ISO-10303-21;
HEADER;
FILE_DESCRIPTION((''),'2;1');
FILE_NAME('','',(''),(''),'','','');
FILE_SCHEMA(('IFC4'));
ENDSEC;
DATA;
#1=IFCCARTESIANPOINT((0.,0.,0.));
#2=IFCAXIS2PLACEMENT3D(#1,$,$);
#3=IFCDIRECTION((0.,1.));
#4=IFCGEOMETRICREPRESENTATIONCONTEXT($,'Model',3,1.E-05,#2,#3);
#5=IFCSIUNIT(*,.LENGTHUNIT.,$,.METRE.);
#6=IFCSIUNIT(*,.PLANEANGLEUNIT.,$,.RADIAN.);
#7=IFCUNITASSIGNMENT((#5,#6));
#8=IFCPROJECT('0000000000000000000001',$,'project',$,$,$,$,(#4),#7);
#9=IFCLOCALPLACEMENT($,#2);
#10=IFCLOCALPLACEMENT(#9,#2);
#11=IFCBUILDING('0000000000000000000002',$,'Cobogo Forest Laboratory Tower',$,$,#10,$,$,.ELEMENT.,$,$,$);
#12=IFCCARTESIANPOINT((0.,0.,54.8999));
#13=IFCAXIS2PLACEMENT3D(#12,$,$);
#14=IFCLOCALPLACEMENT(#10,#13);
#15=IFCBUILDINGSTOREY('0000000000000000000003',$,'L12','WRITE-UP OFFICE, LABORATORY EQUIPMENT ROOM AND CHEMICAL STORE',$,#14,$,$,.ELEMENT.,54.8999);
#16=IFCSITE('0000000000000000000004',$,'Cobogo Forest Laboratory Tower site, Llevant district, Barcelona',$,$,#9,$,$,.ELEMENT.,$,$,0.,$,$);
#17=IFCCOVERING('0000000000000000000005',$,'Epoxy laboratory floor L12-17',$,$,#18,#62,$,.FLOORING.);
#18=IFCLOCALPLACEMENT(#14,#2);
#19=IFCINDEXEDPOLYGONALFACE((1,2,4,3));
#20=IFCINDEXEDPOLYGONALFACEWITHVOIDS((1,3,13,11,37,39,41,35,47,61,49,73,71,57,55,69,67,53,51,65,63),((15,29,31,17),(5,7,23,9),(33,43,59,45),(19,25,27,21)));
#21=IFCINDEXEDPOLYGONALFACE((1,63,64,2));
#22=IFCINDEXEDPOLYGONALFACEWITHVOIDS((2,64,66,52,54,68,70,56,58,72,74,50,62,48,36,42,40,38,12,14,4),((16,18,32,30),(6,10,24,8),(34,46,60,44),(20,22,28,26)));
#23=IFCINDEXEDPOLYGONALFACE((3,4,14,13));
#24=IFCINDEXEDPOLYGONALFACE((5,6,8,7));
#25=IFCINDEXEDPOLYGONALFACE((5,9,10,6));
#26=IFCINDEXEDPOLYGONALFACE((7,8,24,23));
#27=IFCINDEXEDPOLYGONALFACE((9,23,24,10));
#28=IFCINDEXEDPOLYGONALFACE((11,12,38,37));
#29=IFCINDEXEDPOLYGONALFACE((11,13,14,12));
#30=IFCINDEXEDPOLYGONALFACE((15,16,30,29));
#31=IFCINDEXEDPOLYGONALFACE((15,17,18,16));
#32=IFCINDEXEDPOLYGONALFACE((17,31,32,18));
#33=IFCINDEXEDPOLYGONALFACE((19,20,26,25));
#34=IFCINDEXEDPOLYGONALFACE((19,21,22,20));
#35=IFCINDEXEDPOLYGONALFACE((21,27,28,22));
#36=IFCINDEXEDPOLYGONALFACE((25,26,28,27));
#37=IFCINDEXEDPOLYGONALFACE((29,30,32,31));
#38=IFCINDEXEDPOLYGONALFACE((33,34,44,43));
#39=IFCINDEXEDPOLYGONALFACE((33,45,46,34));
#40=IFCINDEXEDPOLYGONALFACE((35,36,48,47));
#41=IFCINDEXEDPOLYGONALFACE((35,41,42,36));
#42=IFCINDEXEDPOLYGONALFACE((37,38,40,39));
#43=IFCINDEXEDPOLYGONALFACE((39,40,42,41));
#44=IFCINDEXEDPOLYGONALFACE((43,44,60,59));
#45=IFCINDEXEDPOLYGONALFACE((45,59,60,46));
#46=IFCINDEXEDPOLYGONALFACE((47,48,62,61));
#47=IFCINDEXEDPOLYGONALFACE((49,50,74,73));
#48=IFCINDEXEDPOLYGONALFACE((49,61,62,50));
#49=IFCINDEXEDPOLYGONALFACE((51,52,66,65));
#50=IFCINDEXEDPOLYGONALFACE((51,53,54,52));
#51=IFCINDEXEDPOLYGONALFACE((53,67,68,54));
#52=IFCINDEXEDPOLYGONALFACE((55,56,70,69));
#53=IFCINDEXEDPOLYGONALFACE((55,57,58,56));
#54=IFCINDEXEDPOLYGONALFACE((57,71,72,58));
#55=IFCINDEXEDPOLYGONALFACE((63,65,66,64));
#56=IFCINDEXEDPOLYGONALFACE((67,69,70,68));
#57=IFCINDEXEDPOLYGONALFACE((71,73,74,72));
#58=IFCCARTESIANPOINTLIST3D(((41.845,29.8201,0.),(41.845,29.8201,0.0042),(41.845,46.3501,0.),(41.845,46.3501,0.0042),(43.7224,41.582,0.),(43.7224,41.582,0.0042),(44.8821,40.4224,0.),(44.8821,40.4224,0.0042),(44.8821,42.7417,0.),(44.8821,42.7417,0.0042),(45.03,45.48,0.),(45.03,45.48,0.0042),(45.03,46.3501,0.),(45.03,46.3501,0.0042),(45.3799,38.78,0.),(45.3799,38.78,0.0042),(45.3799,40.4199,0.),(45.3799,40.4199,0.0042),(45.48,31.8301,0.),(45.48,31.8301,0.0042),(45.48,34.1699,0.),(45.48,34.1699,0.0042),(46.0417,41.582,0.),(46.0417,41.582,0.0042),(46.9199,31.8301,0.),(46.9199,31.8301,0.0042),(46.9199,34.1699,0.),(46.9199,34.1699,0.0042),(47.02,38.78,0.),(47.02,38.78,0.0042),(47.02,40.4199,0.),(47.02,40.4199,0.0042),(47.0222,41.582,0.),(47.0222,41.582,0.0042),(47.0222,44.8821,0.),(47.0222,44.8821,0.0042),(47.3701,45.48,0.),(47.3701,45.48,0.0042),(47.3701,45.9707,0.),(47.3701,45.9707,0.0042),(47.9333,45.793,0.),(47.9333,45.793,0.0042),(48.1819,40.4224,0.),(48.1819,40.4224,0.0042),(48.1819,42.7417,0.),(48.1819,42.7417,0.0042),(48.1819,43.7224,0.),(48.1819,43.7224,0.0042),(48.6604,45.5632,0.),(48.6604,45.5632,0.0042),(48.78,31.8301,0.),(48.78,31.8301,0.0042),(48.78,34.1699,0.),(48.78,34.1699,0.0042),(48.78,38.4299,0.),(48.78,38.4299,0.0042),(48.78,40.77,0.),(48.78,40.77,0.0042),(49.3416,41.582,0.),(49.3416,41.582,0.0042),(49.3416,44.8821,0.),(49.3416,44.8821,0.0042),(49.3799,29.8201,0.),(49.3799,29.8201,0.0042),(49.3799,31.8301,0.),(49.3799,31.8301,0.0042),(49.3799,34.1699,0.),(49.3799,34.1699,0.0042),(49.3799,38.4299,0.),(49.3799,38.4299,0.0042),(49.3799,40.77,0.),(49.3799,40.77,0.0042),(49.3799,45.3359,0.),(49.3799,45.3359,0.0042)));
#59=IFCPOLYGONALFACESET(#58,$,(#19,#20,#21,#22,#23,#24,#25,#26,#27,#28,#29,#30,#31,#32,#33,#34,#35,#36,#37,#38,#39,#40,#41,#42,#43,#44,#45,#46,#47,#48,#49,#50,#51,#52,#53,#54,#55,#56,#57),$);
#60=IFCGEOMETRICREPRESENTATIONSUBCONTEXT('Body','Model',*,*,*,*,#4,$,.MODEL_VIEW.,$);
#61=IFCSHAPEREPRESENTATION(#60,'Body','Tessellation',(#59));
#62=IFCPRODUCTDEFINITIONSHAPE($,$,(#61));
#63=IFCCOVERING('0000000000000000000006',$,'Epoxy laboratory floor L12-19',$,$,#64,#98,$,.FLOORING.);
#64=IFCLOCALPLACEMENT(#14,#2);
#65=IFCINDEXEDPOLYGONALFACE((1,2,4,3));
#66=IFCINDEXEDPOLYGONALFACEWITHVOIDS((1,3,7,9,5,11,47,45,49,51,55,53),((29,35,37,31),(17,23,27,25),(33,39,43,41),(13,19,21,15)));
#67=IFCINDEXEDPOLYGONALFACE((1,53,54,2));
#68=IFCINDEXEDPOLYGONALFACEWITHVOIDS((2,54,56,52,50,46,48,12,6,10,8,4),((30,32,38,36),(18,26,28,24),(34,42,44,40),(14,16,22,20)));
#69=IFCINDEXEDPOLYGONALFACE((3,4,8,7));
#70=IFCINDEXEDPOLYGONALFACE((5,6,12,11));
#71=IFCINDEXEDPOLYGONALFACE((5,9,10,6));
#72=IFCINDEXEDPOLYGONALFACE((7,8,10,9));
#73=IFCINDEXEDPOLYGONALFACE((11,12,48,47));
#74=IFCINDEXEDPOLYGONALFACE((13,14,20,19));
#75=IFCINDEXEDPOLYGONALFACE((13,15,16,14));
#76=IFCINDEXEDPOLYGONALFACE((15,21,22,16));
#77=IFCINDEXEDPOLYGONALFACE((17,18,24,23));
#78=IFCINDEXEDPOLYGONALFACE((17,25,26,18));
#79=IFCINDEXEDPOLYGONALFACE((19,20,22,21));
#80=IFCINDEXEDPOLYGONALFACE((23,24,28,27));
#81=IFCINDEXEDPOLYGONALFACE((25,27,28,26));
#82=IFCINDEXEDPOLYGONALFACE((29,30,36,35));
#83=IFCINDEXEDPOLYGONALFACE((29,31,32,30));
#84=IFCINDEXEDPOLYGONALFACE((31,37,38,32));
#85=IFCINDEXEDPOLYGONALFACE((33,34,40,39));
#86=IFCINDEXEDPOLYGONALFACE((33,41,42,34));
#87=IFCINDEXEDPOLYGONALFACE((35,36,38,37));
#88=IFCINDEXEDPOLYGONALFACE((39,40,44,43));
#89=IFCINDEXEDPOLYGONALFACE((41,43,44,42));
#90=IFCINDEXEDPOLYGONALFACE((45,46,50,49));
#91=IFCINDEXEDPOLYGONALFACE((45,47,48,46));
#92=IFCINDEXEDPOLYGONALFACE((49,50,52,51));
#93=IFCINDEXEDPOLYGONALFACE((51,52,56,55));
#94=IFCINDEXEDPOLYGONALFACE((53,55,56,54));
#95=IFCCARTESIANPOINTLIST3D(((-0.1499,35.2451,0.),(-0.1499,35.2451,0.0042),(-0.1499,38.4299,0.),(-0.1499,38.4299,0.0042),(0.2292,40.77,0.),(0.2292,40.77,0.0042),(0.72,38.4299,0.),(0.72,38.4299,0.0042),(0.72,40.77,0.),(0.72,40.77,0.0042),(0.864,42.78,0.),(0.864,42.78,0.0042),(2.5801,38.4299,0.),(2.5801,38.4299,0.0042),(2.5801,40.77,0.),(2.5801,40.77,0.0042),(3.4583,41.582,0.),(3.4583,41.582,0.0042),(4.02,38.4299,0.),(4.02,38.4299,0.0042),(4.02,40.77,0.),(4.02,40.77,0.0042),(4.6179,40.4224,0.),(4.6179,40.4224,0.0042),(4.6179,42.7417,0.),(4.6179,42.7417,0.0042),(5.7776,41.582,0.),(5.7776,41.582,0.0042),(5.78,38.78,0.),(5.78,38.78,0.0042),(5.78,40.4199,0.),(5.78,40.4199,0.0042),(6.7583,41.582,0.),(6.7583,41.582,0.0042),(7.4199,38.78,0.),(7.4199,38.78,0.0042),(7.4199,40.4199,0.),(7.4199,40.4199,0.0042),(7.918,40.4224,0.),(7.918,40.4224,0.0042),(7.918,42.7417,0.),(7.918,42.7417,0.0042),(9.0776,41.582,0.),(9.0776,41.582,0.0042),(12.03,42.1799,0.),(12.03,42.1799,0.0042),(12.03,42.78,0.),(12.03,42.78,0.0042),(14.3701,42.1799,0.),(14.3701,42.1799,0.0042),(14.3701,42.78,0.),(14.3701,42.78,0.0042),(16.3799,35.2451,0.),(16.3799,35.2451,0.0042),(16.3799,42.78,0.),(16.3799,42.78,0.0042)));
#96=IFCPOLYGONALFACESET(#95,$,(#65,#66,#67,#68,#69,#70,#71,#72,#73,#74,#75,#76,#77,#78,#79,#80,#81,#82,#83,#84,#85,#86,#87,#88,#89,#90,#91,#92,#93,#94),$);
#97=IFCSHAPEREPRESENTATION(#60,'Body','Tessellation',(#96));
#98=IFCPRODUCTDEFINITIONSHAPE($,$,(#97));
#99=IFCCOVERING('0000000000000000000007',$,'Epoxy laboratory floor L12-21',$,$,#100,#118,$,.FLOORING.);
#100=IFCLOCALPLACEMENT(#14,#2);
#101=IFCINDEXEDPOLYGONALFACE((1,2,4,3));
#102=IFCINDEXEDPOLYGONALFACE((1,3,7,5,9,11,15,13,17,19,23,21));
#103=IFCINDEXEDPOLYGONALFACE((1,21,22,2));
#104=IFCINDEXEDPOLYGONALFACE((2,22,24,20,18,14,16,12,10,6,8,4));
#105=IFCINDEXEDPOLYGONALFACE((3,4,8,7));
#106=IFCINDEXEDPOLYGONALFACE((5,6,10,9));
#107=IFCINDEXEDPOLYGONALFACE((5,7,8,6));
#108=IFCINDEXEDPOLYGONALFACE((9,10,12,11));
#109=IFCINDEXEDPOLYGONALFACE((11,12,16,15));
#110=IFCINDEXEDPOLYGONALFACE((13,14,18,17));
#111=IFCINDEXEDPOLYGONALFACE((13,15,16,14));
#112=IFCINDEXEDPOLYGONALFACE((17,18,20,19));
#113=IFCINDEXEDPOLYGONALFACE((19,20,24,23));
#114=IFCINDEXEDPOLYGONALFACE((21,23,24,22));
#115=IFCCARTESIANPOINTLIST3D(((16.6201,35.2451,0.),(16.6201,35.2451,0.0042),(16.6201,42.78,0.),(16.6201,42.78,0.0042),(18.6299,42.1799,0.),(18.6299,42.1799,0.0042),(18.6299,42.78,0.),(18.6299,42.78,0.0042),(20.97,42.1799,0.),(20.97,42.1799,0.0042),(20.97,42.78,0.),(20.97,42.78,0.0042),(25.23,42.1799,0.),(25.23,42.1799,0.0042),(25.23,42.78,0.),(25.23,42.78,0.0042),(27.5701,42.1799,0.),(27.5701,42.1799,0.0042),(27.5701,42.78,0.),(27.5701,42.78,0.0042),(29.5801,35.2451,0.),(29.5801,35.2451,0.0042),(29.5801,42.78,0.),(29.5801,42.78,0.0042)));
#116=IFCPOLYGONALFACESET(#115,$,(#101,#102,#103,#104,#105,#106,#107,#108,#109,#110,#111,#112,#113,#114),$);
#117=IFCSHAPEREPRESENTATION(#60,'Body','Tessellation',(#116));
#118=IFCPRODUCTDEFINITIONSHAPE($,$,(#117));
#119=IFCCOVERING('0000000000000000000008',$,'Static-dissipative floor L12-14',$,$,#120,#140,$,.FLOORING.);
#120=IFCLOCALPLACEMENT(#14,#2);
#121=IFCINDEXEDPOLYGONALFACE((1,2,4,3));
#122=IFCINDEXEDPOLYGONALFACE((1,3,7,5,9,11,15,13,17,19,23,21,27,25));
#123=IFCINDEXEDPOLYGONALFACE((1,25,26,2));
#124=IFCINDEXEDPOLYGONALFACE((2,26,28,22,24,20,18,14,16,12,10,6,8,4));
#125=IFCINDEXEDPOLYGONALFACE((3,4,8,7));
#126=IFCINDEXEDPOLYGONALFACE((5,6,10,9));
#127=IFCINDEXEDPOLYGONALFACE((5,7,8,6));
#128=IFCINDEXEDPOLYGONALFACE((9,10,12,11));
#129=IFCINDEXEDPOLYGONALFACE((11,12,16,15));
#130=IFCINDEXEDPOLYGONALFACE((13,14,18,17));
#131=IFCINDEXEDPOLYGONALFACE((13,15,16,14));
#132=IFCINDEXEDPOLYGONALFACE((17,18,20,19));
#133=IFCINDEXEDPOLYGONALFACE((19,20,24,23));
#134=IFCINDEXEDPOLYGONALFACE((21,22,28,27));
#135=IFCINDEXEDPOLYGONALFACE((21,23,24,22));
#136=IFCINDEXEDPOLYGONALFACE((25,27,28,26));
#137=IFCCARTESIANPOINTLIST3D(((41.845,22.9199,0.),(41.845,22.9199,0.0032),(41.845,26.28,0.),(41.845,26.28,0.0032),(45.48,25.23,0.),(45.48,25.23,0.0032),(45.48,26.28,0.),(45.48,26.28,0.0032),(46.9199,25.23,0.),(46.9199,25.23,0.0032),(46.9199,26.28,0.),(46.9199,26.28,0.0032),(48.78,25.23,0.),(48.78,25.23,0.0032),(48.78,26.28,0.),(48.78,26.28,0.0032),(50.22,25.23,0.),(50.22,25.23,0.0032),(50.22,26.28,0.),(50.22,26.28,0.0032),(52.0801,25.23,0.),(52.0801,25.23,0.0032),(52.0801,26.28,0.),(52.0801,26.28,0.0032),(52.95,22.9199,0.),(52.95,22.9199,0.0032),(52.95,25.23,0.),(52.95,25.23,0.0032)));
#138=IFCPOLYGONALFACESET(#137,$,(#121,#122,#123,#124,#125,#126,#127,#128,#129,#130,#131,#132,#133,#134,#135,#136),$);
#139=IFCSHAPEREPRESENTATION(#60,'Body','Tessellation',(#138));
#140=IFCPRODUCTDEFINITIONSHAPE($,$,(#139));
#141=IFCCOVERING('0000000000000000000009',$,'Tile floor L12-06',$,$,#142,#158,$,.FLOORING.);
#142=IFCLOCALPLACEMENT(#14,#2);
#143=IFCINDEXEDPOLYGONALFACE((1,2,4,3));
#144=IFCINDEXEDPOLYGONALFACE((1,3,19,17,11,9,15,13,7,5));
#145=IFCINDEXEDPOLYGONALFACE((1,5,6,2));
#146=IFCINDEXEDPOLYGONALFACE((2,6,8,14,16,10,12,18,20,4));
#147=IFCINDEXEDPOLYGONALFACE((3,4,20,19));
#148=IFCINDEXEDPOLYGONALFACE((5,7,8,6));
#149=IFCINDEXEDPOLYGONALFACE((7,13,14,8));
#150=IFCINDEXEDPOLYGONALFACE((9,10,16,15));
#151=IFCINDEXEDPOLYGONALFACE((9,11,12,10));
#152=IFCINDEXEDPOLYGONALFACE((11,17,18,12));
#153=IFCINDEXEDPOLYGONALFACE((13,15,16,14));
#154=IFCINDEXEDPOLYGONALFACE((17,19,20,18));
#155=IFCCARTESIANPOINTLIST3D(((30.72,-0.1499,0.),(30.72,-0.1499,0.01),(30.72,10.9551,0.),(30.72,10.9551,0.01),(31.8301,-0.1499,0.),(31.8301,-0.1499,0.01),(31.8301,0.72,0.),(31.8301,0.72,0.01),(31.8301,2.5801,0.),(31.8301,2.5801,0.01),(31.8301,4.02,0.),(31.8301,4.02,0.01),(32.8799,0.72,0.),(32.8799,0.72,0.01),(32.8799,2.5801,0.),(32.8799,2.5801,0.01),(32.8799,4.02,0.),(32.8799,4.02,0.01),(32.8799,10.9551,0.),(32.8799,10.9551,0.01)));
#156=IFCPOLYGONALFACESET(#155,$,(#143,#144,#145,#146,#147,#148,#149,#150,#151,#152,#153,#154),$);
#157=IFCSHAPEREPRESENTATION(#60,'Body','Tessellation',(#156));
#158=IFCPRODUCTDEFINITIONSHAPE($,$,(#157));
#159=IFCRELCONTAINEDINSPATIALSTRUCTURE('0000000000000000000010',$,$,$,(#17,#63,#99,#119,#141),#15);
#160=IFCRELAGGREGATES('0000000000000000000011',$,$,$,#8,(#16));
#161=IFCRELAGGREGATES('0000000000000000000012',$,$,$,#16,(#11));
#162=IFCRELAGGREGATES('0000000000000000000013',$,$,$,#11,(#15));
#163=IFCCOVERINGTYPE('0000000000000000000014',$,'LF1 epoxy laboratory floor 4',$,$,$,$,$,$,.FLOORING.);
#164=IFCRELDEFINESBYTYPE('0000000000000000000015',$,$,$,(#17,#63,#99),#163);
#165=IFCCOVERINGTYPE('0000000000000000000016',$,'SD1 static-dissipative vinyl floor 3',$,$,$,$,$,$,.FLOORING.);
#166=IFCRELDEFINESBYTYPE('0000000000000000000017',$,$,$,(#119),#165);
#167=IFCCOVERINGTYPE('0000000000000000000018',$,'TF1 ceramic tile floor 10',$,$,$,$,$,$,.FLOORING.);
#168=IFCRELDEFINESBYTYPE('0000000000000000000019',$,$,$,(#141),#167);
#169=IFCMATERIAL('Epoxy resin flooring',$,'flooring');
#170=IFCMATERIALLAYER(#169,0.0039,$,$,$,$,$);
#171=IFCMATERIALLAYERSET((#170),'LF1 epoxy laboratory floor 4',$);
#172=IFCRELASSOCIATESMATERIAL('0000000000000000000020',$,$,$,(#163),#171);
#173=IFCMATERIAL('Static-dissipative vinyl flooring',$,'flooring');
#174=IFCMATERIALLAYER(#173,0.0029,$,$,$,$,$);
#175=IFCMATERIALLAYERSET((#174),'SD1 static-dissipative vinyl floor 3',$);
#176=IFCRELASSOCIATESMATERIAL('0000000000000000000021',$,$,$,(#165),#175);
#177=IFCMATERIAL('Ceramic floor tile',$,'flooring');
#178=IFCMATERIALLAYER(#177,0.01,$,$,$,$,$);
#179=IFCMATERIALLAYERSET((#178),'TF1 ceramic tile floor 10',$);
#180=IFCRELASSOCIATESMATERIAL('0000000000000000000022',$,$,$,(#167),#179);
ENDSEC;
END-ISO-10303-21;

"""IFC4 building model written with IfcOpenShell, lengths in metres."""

from ifc_helpers import new_model, si_unit, direction, frame, origin, place, context, subcontext, project, spatial, polyline, outline, extrude, material, layer, layer_set, type_object, element, save


model = new_model("IFC4")

# Units and contexts
model_context = context("Model", 3, precision=1e-05, world=origin(), true_north=direction((0.0, 1.0)))
body_context = subcontext(model_context, "Body", "Model", "MODEL_VIEW")
ifc_project = project(units=[si_unit("LENGTHUNIT", "METRE"), si_unit("PLANEANGLEUNIT", "RADIAN")], contexts=[model_context])

# Site, building, storey
site_placement = place(None, origin())
site = spatial("IfcSite", under=ifc_project, at=site_placement, Name="Cobogo Forest Laboratory Tower site, Llevant district, Barcelona", CompositionType="ELEMENT", RefElevation=0.0)
building_placement = place(site_placement, origin())
building = spatial("IfcBuilding", under=site, at=building_placement, Name="Cobogo Forest Laboratory Tower", CompositionType="ELEMENT")
storey_placement = place(building_placement, frame((0.0, 0.0, 54.8999)))
storey = spatial("IfcBuildingStorey", under=building, at=storey_placement, Name="L12", Description="WRITE-UP OFFICE, LABORATORY EQUIPMENT ROOM AND CHEMICAL STORE", CompositionType="ELEMENT", Elevation=54.8999)

# Coverings
ifc_material_1 = material(Name="Epoxy resin flooring", Category="flooring")
ifc_layer_1 = layer(ifc_material_1, 0.0039)
ifc_layer_set_1 = layer_set([ifc_layer_1], Name="LF1 epoxy laboratory floor 4")
covering_type_1 = type_object("IfcCoveringType", Name="LF1 epoxy laboratory floor 4", PredefinedType="FLOORING", material=ifc_layer_set_1)
covering_1_placement = place(storey_placement, origin())
element("IfcCovering", 1, at=covering_1_placement, inside=storey, type_object=covering_type_1, Name="Epoxy laboratory floor L12-17", PredefinedType="FLOORING", context=body_context, shape_type="SweptSolid", body=[
    extrude(outline(polyline([(41.845, 29.8201), (41.845, 46.3501), (45.03, 46.3501), (45.03, 45.48), (47.3701, 45.48), (47.3701, 45.9707), (47.9333, 45.793), (47.0222, 44.8821), (48.1819, 43.7224), (49.3416, 44.8821), (48.6604, 45.5632), (49.3799, 45.3359), (49.3799, 40.77), (48.78, 40.77), (48.78, 38.4299), (49.3799, 38.4299), (49.3799, 34.1699), (48.78, 34.1699), (48.78, 31.8301), (49.3799, 31.8301), (49.3799, 29.8201), (41.845, 29.8201)]), holes=[polyline([(47.0222, 41.582), (48.1819, 40.4224), (49.3416, 41.582), (48.1819, 42.7417), (47.0222, 41.582)]), polyline([(47.02, 40.4199), (45.3799, 40.4199), (45.3799, 38.78), (47.02, 38.78), (47.02, 40.4199)]), polyline([(45.48, 31.8301), (46.9199, 31.8301), (46.9199, 34.1699), (45.48, 34.1699), (45.48, 31.8301)]), polyline([(43.7224, 41.582), (44.8821, 40.4224), (46.0417, 41.582), (44.8821, 42.7417), (43.7224, 41.582)])]), origin(), (0.0, 0.0, 1.0), 0.0042),
])
covering_2_placement = place(storey_placement, origin())
element("IfcCovering", 2, at=covering_2_placement, inside=storey, type_object=covering_type_1, Name="Epoxy laboratory floor L12-19", PredefinedType="FLOORING", context=body_context, shape_type="SweptSolid", body=[
    extrude(outline(polyline([(16.3799, 35.2451), (-0.1499, 35.2451), (-0.1499, 38.4299), (0.72, 38.4299), (0.72, 40.77), (0.2292, 40.77), (0.864, 42.78), (12.03, 42.78), (12.03, 42.1799), (14.3701, 42.1799), (14.3701, 42.78), (16.3799, 42.78), (16.3799, 35.2451)]), holes=[polyline([(6.7583, 41.582), (7.918, 40.4224), (9.0776, 41.582), (7.918, 42.7417), (6.7583, 41.582)]), polyline([(5.78, 40.4199), (5.78, 38.78), (7.4199, 38.78), (7.4199, 40.4199), (5.78, 40.4199)]), polyline([(3.4583, 41.582), (4.6179, 40.4224), (5.7776, 41.582), (4.6179, 42.7417), (3.4583, 41.582)]), polyline([(2.5801, 38.4299), (4.02, 38.4299), (4.02, 40.77), (2.5801, 40.77), (2.5801, 38.4299)])]), origin(), (0.0, 0.0, 1.0), 0.0042),
])
covering_3_placement = place(storey_placement, origin())
element("IfcCovering", 3, at=covering_3_placement, inside=storey, type_object=covering_type_1, Name="Epoxy laboratory floor L12-21", PredefinedType="FLOORING", context=body_context, shape_type="SweptSolid", body=[
    extrude(outline(polyline([(16.6201, 42.78), (18.6299, 42.78), (18.6299, 42.1799), (20.97, 42.1799), (20.97, 42.78), (25.23, 42.78), (25.23, 42.1799), (27.5701, 42.1799), (27.5701, 42.78), (29.5801, 42.78), (29.5801, 35.2451), (16.6201, 35.2451), (16.6201, 42.78)])), origin(), (0.0, 0.0, 1.0), 0.0042),
])
ifc_material_2 = material(Name="Static-dissipative vinyl flooring", Category="flooring")
ifc_layer_2 = layer(ifc_material_2, 0.0029)
ifc_layer_set_2 = layer_set([ifc_layer_2], Name="SD1 static-dissipative vinyl floor 3")
covering_type_2 = type_object("IfcCoveringType", Name="SD1 static-dissipative vinyl floor 3", PredefinedType="FLOORING", material=ifc_layer_set_2)
covering_4_placement = place(storey_placement, origin())
element("IfcCovering", 4, at=covering_4_placement, inside=storey, type_object=covering_type_2, Name="Static-dissipative floor L12-14", PredefinedType="FLOORING", context=body_context, shape_type="SweptSolid", body=[
    extrude(outline(polyline([(41.845, 26.28), (45.48, 26.28), (45.48, 25.23), (46.9199, 25.23), (46.9199, 26.28), (48.78, 26.28), (48.78, 25.23), (50.22, 25.23), (50.22, 26.28), (52.0801, 26.28), (52.0801, 25.23), (52.95, 25.23), (52.95, 22.9199), (41.845, 22.9199), (41.845, 26.28)])), origin(), (0.0, 0.0, 1.0), 0.0032),
])
ifc_material_3 = material(Name="Ceramic floor tile", Category="flooring")
ifc_layer_3 = layer(ifc_material_3, 0.01)
ifc_layer_set_3 = layer_set([ifc_layer_3], Name="TF1 ceramic tile floor 10")
covering_type_3 = type_object("IfcCoveringType", Name="TF1 ceramic tile floor 10", PredefinedType="FLOORING", material=ifc_layer_set_3)
covering_5_placement = place(storey_placement, origin())
element("IfcCovering", 5, at=covering_5_placement, inside=storey, type_object=covering_type_3, Name="Tile floor L12-06", PredefinedType="FLOORING", context=body_context, shape_type="SweptSolid", body=[
    extrude(outline(polyline([(32.8799, 10.9551), (32.8799, 4.02), (31.8301, 4.02), (31.8301, 2.5801), (32.8799, 2.5801), (32.8799, 0.72), (31.8301, 0.72), (31.8301, -0.1499), (30.72, -0.1499), (30.72, 10.9551), (32.8799, 10.9551)])), origin(), (0.0, 0.0, 1.0), 0.01),
])

save(model, "model.ifc")
